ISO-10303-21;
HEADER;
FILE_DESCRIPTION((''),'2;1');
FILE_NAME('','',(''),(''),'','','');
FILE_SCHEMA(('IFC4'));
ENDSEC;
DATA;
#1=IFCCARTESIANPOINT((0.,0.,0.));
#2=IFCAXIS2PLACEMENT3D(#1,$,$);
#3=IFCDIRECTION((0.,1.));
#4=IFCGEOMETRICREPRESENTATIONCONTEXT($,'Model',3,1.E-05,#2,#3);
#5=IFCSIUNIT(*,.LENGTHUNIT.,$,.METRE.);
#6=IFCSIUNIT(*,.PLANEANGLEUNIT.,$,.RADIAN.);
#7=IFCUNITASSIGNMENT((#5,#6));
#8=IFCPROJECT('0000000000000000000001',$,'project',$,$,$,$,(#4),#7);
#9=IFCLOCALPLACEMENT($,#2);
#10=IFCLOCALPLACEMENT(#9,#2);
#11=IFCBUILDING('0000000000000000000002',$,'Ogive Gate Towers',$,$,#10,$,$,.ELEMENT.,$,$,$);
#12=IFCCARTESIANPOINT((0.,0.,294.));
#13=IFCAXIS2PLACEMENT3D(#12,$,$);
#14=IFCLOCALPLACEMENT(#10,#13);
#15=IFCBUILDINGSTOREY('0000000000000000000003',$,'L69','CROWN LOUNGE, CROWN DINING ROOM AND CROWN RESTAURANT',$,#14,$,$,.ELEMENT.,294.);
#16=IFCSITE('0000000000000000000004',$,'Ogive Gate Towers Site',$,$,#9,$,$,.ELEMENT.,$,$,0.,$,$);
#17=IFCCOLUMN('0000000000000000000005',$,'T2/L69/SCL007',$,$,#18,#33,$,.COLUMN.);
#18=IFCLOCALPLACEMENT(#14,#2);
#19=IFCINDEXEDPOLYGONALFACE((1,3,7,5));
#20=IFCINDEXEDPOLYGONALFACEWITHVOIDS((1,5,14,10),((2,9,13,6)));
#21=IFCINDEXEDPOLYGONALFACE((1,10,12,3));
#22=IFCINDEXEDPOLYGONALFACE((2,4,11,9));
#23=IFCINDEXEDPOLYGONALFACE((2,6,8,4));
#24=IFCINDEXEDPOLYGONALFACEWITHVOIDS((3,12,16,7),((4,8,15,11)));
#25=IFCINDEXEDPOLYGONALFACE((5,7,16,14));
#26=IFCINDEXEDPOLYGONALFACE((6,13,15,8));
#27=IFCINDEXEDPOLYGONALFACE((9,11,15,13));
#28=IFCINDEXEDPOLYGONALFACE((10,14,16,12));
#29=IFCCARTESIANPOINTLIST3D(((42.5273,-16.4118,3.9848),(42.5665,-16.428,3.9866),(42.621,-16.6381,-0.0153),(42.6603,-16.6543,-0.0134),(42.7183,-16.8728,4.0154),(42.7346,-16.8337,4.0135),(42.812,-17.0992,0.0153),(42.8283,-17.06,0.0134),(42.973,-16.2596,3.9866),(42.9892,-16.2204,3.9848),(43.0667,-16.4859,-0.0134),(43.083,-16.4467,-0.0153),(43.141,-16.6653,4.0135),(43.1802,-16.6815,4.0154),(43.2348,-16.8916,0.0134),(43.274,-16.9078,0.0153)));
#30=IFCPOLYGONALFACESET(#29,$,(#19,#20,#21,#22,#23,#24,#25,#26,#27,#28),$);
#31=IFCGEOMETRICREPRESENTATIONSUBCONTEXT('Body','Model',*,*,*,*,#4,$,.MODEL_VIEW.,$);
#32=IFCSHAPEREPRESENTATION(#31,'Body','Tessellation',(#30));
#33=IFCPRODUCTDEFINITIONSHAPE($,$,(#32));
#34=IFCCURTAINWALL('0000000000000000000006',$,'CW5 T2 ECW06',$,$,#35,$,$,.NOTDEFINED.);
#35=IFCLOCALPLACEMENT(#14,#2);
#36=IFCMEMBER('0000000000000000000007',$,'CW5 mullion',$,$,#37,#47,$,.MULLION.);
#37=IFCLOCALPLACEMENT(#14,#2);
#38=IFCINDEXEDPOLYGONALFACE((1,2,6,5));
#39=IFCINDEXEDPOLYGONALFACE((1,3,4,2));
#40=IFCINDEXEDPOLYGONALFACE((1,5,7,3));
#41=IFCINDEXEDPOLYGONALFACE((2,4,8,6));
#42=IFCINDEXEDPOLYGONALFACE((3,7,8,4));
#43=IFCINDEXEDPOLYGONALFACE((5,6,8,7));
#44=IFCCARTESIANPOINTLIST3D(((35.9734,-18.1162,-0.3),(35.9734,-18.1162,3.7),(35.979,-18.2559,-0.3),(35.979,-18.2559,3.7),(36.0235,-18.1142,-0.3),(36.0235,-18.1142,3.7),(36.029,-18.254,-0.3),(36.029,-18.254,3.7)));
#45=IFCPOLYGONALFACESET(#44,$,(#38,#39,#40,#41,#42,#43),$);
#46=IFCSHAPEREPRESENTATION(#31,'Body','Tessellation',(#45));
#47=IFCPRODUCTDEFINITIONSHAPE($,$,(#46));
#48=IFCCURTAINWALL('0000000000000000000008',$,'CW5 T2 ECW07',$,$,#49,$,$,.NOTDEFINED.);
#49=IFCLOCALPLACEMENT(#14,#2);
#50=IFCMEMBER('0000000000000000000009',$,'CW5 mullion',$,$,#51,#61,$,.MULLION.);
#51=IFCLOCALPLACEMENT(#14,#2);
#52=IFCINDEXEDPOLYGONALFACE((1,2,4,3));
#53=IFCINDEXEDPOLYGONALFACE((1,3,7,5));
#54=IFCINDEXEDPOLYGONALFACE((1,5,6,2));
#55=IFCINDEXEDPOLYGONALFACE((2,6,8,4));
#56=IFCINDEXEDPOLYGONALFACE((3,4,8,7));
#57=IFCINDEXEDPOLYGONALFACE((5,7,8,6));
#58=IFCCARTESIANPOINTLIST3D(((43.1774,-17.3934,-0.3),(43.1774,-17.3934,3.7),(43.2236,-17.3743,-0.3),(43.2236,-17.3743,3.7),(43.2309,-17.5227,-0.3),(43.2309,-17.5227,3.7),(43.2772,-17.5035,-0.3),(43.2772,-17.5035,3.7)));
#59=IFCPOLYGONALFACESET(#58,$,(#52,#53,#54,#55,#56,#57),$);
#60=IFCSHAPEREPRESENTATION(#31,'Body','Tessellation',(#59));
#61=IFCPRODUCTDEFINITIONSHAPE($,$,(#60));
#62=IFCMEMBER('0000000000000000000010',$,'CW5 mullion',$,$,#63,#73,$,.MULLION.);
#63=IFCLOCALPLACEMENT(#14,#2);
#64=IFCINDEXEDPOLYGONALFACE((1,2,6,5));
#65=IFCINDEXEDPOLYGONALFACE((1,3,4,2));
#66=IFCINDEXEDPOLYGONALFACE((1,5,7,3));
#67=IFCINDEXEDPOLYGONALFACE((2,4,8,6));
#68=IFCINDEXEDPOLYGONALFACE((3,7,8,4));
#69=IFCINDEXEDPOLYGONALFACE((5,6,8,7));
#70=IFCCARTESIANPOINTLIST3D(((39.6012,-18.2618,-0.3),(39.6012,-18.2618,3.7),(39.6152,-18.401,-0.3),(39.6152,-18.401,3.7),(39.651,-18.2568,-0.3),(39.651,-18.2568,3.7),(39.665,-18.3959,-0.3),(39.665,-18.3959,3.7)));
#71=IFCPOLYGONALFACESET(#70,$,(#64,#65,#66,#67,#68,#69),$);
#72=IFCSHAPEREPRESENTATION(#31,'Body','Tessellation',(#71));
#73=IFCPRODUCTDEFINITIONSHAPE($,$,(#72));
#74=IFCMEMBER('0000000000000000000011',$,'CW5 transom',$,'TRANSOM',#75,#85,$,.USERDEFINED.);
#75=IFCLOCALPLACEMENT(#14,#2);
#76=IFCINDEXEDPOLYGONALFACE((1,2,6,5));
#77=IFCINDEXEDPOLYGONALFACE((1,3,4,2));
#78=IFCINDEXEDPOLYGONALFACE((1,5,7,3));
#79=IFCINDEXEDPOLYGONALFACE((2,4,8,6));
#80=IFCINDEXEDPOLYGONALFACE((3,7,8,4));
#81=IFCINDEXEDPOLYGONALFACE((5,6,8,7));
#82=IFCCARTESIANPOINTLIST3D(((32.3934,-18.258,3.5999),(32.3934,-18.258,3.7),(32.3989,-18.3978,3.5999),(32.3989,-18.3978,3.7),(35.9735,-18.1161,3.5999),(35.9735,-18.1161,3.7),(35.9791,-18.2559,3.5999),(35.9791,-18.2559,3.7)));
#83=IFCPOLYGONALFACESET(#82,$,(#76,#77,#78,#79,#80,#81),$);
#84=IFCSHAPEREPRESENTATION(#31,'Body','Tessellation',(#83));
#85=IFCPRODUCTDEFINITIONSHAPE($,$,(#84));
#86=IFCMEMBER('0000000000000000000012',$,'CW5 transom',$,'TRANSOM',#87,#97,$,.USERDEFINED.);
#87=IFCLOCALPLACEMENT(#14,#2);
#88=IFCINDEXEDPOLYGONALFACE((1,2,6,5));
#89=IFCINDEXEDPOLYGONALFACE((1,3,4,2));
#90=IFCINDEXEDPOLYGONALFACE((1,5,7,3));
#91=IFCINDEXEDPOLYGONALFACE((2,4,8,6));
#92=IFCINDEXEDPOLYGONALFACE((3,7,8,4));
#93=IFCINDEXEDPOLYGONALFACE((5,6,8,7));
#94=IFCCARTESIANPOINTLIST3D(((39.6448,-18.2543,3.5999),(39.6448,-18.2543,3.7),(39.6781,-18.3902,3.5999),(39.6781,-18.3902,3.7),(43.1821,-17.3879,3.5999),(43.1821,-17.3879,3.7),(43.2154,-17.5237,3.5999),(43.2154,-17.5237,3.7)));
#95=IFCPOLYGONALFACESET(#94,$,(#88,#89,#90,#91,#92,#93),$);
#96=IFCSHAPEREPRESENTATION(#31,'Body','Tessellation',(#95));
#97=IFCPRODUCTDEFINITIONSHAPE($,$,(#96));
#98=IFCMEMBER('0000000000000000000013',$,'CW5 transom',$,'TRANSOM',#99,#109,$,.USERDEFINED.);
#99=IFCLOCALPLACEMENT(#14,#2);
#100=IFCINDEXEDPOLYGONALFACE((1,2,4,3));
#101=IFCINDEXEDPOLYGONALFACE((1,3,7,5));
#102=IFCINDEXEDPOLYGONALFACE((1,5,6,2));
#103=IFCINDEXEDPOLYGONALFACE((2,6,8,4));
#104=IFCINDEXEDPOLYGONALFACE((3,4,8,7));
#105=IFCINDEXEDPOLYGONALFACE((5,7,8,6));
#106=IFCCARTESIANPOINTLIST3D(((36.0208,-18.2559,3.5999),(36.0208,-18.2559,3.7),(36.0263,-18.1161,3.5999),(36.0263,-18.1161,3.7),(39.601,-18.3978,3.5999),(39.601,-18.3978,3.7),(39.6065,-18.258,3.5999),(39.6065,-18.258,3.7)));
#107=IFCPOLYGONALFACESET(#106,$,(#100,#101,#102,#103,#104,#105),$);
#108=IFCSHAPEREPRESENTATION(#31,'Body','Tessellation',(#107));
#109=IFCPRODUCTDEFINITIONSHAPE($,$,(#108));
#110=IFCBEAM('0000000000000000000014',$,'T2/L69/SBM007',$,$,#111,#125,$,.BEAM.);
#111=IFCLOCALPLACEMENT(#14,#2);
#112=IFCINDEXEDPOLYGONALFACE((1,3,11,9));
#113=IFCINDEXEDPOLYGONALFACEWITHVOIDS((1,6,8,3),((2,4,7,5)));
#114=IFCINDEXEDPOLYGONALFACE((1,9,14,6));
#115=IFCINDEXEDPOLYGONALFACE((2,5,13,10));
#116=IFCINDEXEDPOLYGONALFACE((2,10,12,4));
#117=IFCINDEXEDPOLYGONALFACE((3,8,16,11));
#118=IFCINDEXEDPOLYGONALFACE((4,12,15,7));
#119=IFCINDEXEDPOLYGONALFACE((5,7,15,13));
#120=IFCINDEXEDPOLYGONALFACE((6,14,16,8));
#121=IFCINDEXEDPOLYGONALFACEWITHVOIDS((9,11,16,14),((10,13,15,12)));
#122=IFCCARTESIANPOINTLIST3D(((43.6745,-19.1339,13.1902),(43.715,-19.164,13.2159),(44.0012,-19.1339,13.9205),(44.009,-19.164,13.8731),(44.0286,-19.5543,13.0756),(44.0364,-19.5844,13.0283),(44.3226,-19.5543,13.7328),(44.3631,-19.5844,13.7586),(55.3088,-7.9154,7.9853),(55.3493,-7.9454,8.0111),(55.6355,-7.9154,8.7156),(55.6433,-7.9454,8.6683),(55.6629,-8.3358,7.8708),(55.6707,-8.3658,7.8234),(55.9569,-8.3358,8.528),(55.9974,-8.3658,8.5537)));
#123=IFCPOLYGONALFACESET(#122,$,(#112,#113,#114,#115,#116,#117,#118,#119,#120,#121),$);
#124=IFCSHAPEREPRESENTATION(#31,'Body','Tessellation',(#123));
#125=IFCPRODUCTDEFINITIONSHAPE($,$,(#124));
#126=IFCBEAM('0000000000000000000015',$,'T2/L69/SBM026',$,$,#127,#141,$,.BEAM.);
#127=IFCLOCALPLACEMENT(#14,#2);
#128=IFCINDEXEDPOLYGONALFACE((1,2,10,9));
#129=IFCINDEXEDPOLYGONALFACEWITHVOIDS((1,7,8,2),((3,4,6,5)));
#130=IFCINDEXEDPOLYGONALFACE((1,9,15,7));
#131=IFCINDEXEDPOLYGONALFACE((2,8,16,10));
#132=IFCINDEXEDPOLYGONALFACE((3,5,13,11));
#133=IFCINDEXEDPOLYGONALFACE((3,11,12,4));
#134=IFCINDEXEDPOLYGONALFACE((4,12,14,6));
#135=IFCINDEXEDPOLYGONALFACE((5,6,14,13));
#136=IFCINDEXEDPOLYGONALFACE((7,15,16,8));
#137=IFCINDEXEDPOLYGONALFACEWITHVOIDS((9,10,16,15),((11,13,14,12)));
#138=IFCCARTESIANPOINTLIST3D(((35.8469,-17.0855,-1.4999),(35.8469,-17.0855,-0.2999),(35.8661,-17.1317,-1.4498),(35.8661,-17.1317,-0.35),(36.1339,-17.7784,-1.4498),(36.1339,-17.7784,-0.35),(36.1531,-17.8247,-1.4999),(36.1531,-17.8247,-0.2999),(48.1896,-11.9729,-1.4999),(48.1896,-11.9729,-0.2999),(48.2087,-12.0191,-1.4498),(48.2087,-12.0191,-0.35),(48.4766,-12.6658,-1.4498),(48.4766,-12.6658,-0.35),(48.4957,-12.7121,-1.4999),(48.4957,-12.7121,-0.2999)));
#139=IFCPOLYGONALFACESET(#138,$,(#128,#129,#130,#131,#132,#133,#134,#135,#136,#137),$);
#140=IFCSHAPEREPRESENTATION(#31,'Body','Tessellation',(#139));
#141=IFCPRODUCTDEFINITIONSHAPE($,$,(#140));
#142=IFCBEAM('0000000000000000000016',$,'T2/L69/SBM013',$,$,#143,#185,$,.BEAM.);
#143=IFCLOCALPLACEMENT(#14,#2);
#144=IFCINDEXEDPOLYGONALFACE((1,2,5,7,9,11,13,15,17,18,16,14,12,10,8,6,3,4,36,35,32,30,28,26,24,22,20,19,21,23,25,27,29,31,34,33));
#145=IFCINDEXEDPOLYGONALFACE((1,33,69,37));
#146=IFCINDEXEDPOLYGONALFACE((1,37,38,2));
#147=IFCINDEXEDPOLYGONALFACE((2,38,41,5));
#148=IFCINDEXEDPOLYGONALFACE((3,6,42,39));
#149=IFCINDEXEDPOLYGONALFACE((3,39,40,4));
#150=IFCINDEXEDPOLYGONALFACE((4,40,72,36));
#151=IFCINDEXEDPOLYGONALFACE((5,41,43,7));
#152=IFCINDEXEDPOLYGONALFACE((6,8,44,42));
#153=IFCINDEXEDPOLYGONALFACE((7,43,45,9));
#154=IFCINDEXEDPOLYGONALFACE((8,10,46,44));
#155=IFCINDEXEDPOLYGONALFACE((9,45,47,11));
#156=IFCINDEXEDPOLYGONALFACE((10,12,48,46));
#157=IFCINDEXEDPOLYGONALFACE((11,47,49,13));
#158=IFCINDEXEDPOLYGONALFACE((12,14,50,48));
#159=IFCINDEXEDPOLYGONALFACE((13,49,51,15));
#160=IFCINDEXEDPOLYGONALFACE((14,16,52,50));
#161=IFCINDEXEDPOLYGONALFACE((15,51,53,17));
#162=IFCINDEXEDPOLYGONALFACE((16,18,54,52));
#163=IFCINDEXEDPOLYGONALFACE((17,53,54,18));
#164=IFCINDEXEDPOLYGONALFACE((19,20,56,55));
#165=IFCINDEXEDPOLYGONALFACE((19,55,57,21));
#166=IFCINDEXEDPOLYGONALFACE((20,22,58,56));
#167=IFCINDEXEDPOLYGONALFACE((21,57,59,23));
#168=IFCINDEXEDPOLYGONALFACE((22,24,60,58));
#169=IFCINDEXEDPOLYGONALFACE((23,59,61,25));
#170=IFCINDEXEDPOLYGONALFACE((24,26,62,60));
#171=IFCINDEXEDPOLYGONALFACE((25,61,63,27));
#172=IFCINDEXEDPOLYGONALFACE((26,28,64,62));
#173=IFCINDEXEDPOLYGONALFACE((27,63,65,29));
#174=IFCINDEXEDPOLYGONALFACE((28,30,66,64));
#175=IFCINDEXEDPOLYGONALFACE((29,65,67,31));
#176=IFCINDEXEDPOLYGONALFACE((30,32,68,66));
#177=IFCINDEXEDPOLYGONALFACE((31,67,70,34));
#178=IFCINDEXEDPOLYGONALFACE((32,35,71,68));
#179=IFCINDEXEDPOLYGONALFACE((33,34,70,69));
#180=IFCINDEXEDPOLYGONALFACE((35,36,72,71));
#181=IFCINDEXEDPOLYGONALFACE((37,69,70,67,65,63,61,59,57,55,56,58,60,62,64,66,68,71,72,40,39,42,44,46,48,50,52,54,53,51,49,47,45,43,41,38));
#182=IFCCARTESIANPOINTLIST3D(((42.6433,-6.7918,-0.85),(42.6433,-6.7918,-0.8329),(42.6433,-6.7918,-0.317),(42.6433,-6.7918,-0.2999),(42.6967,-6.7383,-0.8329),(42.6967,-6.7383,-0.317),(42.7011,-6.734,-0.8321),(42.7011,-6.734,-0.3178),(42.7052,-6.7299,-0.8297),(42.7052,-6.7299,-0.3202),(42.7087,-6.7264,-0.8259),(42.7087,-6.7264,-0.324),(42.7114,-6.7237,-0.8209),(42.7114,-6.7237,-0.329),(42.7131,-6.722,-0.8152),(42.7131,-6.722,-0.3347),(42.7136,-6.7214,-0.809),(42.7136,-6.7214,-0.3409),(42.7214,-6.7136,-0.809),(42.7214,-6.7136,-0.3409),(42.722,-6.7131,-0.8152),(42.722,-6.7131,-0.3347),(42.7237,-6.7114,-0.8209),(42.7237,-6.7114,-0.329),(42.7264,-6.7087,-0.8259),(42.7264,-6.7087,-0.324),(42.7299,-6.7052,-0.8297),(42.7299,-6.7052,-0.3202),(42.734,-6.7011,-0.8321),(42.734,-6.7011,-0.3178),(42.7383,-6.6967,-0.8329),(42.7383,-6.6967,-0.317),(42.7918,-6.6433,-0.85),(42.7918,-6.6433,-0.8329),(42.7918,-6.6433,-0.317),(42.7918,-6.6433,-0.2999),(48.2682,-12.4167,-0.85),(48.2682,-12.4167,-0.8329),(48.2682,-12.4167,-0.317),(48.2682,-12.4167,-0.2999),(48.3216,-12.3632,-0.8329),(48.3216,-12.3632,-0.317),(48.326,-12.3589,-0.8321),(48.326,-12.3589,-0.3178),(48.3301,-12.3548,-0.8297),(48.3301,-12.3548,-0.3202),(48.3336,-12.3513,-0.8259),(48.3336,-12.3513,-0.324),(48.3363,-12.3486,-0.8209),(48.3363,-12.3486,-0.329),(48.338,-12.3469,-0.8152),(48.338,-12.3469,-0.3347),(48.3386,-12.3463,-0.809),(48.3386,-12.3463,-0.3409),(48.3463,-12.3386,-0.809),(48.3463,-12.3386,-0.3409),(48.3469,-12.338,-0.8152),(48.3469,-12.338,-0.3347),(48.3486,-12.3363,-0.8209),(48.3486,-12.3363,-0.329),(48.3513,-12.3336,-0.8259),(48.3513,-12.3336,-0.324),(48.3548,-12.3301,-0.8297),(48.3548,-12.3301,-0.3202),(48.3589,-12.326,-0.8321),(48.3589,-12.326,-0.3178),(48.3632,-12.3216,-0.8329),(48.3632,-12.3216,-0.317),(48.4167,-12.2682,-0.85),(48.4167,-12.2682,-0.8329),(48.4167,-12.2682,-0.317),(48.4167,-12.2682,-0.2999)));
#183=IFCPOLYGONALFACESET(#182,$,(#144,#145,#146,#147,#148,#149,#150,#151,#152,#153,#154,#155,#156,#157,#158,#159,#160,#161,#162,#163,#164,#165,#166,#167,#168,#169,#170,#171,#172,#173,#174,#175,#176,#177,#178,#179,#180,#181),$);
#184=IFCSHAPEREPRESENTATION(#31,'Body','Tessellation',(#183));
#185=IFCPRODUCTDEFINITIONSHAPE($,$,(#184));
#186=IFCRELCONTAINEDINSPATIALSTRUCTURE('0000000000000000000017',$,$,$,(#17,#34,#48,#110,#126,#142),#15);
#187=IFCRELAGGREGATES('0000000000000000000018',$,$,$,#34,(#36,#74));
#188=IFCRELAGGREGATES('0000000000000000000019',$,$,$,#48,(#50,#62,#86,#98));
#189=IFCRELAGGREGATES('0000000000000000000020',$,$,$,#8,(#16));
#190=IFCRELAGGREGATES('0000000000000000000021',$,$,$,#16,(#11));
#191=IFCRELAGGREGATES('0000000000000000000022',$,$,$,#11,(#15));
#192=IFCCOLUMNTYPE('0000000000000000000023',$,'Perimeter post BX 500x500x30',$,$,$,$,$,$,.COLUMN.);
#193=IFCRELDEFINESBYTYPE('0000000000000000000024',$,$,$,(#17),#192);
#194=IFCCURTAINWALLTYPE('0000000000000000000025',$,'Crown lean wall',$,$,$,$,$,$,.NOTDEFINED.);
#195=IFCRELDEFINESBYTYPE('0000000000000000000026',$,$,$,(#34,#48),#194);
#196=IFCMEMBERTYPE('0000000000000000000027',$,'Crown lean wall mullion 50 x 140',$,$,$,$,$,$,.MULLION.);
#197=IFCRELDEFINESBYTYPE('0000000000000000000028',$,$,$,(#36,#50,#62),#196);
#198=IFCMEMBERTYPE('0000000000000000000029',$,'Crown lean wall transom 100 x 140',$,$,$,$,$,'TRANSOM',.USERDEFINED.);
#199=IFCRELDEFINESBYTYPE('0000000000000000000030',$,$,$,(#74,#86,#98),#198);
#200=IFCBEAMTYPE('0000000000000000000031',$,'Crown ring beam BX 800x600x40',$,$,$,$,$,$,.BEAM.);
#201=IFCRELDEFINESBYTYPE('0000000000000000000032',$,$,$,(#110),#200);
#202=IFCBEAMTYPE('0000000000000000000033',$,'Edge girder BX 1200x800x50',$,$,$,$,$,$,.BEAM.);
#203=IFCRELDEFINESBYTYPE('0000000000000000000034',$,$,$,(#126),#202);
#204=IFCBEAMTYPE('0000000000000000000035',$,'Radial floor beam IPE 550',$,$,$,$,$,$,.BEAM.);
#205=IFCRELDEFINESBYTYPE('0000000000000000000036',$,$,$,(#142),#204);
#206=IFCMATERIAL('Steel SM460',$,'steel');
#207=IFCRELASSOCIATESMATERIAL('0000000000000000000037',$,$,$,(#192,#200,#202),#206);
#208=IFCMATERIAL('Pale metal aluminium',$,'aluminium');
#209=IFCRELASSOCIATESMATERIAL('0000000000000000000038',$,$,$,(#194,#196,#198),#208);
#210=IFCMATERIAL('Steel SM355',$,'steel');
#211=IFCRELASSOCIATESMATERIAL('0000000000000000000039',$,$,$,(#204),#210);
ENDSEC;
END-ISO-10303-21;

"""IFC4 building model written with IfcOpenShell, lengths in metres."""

from ifc_helpers import new_model, si_unit, direction, frame, origin, origin_2d, place, context, subcontext, project, spatial, rectangle, hollow_rectangle, i_section, extrude, material, material_profile, profile_set, type_object, element, aggregate, save


model = new_model("IFC4")

# Units and contexts
model_context = context("Model", 3, precision=1e-05, world=origin(), true_north=direction((0.0, 1.0)))
body_context = subcontext(model_context, "Body", "Model", "MODEL_VIEW")
ifc_project = project(units=[si_unit("LENGTHUNIT", "METRE"), si_unit("PLANEANGLEUNIT", "RADIAN")], contexts=[model_context])

# Site, building, storey
site_placement = place(None, origin())
site = spatial("IfcSite", under=ifc_project, at=site_placement, Name="Ogive Gate Towers Site", CompositionType="ELEMENT", RefElevation=0.0)
building_placement = place(site_placement, origin())
building = spatial("IfcBuilding", under=site, at=building_placement, Name="Ogive Gate Towers", CompositionType="ELEMENT")
storey_placement = place(building_placement, frame((0.0, 0.0, 294.0)))
storey = spatial("IfcBuildingStorey", under=building, at=storey_placement, Name="L69", Description="CROWN LOUNGE, CROWN DINING ROOM AND CROWN RESTAURANT", CompositionType="ELEMENT", Elevation=294.0)

# Column
ifc_material_1 = material(Name="Steel SM460", Category="steel")
ifc_material_profile_1 = material_profile(ifc_material_1, hollow_rectangle(XDim=0.5, YDim=0.5, WallThickness=0.03, at=origin_2d()), Name="BX 500x500x30")
ifc_profile_set_1 = profile_set([ifc_material_profile_1], Name="Steel SM460")
column_type = type_object("IfcColumnType", Name="Perimeter post BX 500x500x30", PredefinedType="COLUMN", material=ifc_profile_set_1)
column_placement = place(storey_placement, frame((42.9475, -16.7729, 0.0), z_axis=(-0.023394, 0.056474, 0.99813), x_axis=(-0.923871, -0.382704, 0.0)))
element("IfcColumn", 1, at=column_placement, inside=storey, type_object=column_type, Name="T2/L69/SCL007", PredefinedType="COLUMN", context=body_context, shape_type="SweptSolid", body=[
    extrude(hollow_rectangle(XDim=0.5, YDim=0.5, WallThickness=0.03, at=origin_2d()), origin(), (0.0, 0.0, 1.0), 4.0076),
])

# Curtain wall, member
ifc_material_2 = material(Name="Pale metal aluminium", Category="aluminium")
curtain_wall_type = type_object("IfcCurtainWallType", Name="Crown lean wall", PredefinedType="NOTDEFINED", material=ifc_material_2)
curtain_wall_1_placement = place(storey_placement, origin())
curtain_wall_1 = element("IfcCurtainWall", 2, at=curtain_wall_1_placement, inside=storey, type_object=curtain_wall_type, Name="CW5 T2 ECW06", PredefinedType="NOTDEFINED")
ifc_material_profile_2 = material_profile(ifc_material_2, rectangle(XDim=0.1399, YDim=0.05, at=origin_2d()), Name="50 x 140 aluminium box")
ifc_profile_set_2 = profile_set([ifc_material_profile_2], Name="Pale metal aluminium")
member_type_1 = type_object("IfcMemberType", Name="Crown lean wall mullion 50 x 140", PredefinedType="MULLION", material=ifc_profile_set_2)
member_1_placement = place(storey_placement, frame((36.0012, -18.1851, -0.3), z_axis=(0.0, 0.0, 1.0), x_axis=(-0.039609, 0.999215, 0.0)))
member_1 = element("IfcMember", 3, at=member_1_placement, type_object=member_type_1, Name="CW5 mullion", PredefinedType="MULLION", context=body_context, shape_type="SweptSolid", body=[
    extrude(rectangle(XDim=0.1399, YDim=0.05, at=origin_2d()), origin(), (0.0, 0.0, 1.0), 4.0),
])

# Curtain wall, members
curtain_wall_2_placement = place(storey_placement, origin())
curtain_wall_2 = element("IfcCurtainWall", 4, at=curtain_wall_2_placement, inside=storey, type_object=curtain_wall_type, Name="CW5 T2 ECW07", PredefinedType="NOTDEFINED")
member_2_placement = place(storey_placement, frame((43.2273, -17.4485, -0.3), z_axis=(0.0, 0.0, 1.0), x_axis=(-0.382683, 0.92388, 0.0)))
member_2 = element("IfcMember", 5, at=member_2_placement, type_object=member_type_1, Name="CW5 mullion", PredefinedType="MULLION", context=body_context, shape_type="SweptSolid", body=[
    extrude(rectangle(XDim=0.1399, YDim=0.05, at=origin_2d()), origin(), (0.0, 0.0, 1.0), 4.0),
])
member_3_placement = place(storey_placement, frame((39.6331, -18.3289, -0.3), z_axis=(0.0, 0.0, 1.0), x_axis=(-0.100101, 0.994977, 0.0)))
member_3 = element("IfcMember", 6, at=member_3_placement, type_object=member_type_1, Name="CW5 mullion", PredefinedType="MULLION", context=body_context, shape_type="SweptSolid", body=[
    extrude(rectangle(XDim=0.1399, YDim=0.05, at=origin_2d()), origin(), (0.0, 0.0, 1.0), 4.0),
])

# Members
ifc_material_profile_3 = material_profile(ifc_material_2, rectangle(XDim=0.1399, YDim=0.1001, at=origin_2d()), Name="100 x 140 aluminium box")
ifc_profile_set_3 = profile_set([ifc_material_profile_3], Name="Pale metal aluminium")
member_type_2 = type_object("IfcMemberType", Name="Crown lean wall transom 100 x 140", ElementType="TRANSOM", PredefinedType="USERDEFINED", material=ifc_profile_set_3)
member_4_placement = place(storey_placement, frame((35.9763, -18.186, 3.6499), z_axis=(-0.999216, -0.03959, 0.0), x_axis=(0.03959, -0.999216, 0.0)))
member_4 = element("IfcMember", 7, at=member_4_placement, type_object=member_type_2, Name="CW5 transom", ObjectType="TRANSOM", PredefinedType="USERDEFINED", context=body_context, shape_type="SweptSolid", body=[
    extrude(rectangle(XDim=0.1399, YDim=0.1001, at=origin_2d()), origin(), (0.0, 0.0, 1.0), 3.583),
])
aggregate(curtain_wall_1, [member_1, member_4])
member_5_placement = place(storey_placement, frame((43.1987, -17.4558, 3.6499), z_axis=(-0.971287, -0.237911, 0.0), x_axis=(0.237911, -0.971287, 0.0)))
member_5 = element("IfcMember", 8, at=member_5_placement, type_object=member_type_2, Name="CW5 transom", ObjectType="TRANSOM", PredefinedType="USERDEFINED", context=body_context, shape_type="SweptSolid", body=[
    extrude(rectangle(XDim=0.1399, YDim=0.1001, at=origin_2d()), origin(), (0.0, 0.0, 1.0), 3.6418),
])
member_6_placement = place(storey_placement, frame((39.6038, -18.3279, 3.6499), z_axis=(-0.999216, 0.03959, 0.0), x_axis=(-0.03959, -0.999216, 0.0)))
member_6 = element("IfcMember", 9, at=member_6_placement, type_object=member_type_2, Name="CW5 transom", ObjectType="TRANSOM", PredefinedType="USERDEFINED", context=body_context, shape_type="SweptSolid", body=[
    extrude(rectangle(XDim=0.1399, YDim=0.1001, at=origin_2d()), origin(), (0.0, 0.0, 1.0), 3.583),
])

# Beams
ifc_material_profile_4 = material_profile(ifc_material_1, hollow_rectangle(XDim=0.6001, YDim=0.8, WallThickness=0.04, at=origin_2d()), Name="BX 800x600x40")
ifc_profile_set_4 = profile_set([ifc_material_profile_4], Name="Steel SM460")
beam_type_1 = type_object("IfcBeamType", Name="Crown ring beam BX 800x600x40", PredefinedType="BEAM", material=ifc_profile_set_4)
beam_1_placement = place(storey_placement, frame((44.0188, -19.3591, 13.4744), z_axis=(0.685198, 0.660711, -0.306537), x_axis=(0.60311, -0.75064, -0.26981)))
element("IfcBeam", 10, at=beam_1_placement, inside=storey, type_object=beam_type_1, Name="T2/L69/SBM007", PredefinedType="BEAM", context=body_context, shape_type="SweptSolid", body=[
    extrude(hollow_rectangle(XDim=0.6001, YDim=0.8, WallThickness=0.04, at=origin_2d()), origin(), (0.0, 0.0, 1.0), 16.9795),
])
ifc_material_profile_5 = material_profile(ifc_material_1, hollow_rectangle(XDim=0.8, YDim=1.2, WallThickness=0.05, at=origin_2d()), Name="BX 1200x800x50")
ifc_profile_set_5 = profile_set([ifc_material_profile_5], Name="Steel SM460")
beam_type_2 = type_object("IfcBeamType", Name="Edge girder BX 1200x800x50", PredefinedType="BEAM", material=ifc_profile_set_5)
beam_2_placement = place(storey_placement, frame((36.0, -17.4551, -0.8999), z_axis=(0.923877, 0.38269, 0.0), x_axis=(-0.38269, 0.923877, 0.0)))
element("IfcBeam", 11, at=beam_2_placement, inside=storey, type_object=beam_type_2, Name="T2/L69/SBM026", PredefinedType="BEAM", context=body_context, shape_type="SweptSolid", body=[
    extrude(hollow_rectangle(XDim=0.8, YDim=1.2, WallThickness=0.05, at=origin_2d()), origin(), (0.0, 0.0, 1.0), 13.3596),
])
ifc_material_3 = material(Name="Steel SM355", Category="steel")
ifc_material_profile_6 = material_profile(ifc_material_3, i_section(OverallWidth=0.21, OverallDepth=0.55, WebThickness=0.011, FlangeThickness=0.0171, FilletRadius=0.0239, at=origin_2d()), Name="IPE 550")
ifc_profile_set_6 = profile_set([ifc_material_profile_6], Name="Steel SM355")
beam_type_3 = type_object("IfcBeamType", Name="Radial floor beam IPE 550", PredefinedType="BEAM", material=ifc_profile_set_6)
beam_3_placement = place(storey_placement, frame((42.7175, -6.7175, -0.575), z_axis=(0.707107, -0.707107, 0.0), x_axis=(0.707107, 0.707107, 0.0)))
element("IfcBeam", 12, at=beam_3_placement, inside=storey, type_object=beam_type_3, Name="T2/L69/SBM013", PredefinedType="BEAM", context=body_context, shape_type="SweptSolid", body=[
    extrude(i_section(OverallWidth=0.21, OverallDepth=0.55, WebThickness=0.011, FlangeThickness=0.0171, FilletRadius=0.0239, at=origin_2d()), origin(), (0.0, 0.0, 1.0), 7.9548),
])

aggregate(curtain_wall_2, [member_2, member_3, member_5, member_6])

save(model, "model.ifc")
